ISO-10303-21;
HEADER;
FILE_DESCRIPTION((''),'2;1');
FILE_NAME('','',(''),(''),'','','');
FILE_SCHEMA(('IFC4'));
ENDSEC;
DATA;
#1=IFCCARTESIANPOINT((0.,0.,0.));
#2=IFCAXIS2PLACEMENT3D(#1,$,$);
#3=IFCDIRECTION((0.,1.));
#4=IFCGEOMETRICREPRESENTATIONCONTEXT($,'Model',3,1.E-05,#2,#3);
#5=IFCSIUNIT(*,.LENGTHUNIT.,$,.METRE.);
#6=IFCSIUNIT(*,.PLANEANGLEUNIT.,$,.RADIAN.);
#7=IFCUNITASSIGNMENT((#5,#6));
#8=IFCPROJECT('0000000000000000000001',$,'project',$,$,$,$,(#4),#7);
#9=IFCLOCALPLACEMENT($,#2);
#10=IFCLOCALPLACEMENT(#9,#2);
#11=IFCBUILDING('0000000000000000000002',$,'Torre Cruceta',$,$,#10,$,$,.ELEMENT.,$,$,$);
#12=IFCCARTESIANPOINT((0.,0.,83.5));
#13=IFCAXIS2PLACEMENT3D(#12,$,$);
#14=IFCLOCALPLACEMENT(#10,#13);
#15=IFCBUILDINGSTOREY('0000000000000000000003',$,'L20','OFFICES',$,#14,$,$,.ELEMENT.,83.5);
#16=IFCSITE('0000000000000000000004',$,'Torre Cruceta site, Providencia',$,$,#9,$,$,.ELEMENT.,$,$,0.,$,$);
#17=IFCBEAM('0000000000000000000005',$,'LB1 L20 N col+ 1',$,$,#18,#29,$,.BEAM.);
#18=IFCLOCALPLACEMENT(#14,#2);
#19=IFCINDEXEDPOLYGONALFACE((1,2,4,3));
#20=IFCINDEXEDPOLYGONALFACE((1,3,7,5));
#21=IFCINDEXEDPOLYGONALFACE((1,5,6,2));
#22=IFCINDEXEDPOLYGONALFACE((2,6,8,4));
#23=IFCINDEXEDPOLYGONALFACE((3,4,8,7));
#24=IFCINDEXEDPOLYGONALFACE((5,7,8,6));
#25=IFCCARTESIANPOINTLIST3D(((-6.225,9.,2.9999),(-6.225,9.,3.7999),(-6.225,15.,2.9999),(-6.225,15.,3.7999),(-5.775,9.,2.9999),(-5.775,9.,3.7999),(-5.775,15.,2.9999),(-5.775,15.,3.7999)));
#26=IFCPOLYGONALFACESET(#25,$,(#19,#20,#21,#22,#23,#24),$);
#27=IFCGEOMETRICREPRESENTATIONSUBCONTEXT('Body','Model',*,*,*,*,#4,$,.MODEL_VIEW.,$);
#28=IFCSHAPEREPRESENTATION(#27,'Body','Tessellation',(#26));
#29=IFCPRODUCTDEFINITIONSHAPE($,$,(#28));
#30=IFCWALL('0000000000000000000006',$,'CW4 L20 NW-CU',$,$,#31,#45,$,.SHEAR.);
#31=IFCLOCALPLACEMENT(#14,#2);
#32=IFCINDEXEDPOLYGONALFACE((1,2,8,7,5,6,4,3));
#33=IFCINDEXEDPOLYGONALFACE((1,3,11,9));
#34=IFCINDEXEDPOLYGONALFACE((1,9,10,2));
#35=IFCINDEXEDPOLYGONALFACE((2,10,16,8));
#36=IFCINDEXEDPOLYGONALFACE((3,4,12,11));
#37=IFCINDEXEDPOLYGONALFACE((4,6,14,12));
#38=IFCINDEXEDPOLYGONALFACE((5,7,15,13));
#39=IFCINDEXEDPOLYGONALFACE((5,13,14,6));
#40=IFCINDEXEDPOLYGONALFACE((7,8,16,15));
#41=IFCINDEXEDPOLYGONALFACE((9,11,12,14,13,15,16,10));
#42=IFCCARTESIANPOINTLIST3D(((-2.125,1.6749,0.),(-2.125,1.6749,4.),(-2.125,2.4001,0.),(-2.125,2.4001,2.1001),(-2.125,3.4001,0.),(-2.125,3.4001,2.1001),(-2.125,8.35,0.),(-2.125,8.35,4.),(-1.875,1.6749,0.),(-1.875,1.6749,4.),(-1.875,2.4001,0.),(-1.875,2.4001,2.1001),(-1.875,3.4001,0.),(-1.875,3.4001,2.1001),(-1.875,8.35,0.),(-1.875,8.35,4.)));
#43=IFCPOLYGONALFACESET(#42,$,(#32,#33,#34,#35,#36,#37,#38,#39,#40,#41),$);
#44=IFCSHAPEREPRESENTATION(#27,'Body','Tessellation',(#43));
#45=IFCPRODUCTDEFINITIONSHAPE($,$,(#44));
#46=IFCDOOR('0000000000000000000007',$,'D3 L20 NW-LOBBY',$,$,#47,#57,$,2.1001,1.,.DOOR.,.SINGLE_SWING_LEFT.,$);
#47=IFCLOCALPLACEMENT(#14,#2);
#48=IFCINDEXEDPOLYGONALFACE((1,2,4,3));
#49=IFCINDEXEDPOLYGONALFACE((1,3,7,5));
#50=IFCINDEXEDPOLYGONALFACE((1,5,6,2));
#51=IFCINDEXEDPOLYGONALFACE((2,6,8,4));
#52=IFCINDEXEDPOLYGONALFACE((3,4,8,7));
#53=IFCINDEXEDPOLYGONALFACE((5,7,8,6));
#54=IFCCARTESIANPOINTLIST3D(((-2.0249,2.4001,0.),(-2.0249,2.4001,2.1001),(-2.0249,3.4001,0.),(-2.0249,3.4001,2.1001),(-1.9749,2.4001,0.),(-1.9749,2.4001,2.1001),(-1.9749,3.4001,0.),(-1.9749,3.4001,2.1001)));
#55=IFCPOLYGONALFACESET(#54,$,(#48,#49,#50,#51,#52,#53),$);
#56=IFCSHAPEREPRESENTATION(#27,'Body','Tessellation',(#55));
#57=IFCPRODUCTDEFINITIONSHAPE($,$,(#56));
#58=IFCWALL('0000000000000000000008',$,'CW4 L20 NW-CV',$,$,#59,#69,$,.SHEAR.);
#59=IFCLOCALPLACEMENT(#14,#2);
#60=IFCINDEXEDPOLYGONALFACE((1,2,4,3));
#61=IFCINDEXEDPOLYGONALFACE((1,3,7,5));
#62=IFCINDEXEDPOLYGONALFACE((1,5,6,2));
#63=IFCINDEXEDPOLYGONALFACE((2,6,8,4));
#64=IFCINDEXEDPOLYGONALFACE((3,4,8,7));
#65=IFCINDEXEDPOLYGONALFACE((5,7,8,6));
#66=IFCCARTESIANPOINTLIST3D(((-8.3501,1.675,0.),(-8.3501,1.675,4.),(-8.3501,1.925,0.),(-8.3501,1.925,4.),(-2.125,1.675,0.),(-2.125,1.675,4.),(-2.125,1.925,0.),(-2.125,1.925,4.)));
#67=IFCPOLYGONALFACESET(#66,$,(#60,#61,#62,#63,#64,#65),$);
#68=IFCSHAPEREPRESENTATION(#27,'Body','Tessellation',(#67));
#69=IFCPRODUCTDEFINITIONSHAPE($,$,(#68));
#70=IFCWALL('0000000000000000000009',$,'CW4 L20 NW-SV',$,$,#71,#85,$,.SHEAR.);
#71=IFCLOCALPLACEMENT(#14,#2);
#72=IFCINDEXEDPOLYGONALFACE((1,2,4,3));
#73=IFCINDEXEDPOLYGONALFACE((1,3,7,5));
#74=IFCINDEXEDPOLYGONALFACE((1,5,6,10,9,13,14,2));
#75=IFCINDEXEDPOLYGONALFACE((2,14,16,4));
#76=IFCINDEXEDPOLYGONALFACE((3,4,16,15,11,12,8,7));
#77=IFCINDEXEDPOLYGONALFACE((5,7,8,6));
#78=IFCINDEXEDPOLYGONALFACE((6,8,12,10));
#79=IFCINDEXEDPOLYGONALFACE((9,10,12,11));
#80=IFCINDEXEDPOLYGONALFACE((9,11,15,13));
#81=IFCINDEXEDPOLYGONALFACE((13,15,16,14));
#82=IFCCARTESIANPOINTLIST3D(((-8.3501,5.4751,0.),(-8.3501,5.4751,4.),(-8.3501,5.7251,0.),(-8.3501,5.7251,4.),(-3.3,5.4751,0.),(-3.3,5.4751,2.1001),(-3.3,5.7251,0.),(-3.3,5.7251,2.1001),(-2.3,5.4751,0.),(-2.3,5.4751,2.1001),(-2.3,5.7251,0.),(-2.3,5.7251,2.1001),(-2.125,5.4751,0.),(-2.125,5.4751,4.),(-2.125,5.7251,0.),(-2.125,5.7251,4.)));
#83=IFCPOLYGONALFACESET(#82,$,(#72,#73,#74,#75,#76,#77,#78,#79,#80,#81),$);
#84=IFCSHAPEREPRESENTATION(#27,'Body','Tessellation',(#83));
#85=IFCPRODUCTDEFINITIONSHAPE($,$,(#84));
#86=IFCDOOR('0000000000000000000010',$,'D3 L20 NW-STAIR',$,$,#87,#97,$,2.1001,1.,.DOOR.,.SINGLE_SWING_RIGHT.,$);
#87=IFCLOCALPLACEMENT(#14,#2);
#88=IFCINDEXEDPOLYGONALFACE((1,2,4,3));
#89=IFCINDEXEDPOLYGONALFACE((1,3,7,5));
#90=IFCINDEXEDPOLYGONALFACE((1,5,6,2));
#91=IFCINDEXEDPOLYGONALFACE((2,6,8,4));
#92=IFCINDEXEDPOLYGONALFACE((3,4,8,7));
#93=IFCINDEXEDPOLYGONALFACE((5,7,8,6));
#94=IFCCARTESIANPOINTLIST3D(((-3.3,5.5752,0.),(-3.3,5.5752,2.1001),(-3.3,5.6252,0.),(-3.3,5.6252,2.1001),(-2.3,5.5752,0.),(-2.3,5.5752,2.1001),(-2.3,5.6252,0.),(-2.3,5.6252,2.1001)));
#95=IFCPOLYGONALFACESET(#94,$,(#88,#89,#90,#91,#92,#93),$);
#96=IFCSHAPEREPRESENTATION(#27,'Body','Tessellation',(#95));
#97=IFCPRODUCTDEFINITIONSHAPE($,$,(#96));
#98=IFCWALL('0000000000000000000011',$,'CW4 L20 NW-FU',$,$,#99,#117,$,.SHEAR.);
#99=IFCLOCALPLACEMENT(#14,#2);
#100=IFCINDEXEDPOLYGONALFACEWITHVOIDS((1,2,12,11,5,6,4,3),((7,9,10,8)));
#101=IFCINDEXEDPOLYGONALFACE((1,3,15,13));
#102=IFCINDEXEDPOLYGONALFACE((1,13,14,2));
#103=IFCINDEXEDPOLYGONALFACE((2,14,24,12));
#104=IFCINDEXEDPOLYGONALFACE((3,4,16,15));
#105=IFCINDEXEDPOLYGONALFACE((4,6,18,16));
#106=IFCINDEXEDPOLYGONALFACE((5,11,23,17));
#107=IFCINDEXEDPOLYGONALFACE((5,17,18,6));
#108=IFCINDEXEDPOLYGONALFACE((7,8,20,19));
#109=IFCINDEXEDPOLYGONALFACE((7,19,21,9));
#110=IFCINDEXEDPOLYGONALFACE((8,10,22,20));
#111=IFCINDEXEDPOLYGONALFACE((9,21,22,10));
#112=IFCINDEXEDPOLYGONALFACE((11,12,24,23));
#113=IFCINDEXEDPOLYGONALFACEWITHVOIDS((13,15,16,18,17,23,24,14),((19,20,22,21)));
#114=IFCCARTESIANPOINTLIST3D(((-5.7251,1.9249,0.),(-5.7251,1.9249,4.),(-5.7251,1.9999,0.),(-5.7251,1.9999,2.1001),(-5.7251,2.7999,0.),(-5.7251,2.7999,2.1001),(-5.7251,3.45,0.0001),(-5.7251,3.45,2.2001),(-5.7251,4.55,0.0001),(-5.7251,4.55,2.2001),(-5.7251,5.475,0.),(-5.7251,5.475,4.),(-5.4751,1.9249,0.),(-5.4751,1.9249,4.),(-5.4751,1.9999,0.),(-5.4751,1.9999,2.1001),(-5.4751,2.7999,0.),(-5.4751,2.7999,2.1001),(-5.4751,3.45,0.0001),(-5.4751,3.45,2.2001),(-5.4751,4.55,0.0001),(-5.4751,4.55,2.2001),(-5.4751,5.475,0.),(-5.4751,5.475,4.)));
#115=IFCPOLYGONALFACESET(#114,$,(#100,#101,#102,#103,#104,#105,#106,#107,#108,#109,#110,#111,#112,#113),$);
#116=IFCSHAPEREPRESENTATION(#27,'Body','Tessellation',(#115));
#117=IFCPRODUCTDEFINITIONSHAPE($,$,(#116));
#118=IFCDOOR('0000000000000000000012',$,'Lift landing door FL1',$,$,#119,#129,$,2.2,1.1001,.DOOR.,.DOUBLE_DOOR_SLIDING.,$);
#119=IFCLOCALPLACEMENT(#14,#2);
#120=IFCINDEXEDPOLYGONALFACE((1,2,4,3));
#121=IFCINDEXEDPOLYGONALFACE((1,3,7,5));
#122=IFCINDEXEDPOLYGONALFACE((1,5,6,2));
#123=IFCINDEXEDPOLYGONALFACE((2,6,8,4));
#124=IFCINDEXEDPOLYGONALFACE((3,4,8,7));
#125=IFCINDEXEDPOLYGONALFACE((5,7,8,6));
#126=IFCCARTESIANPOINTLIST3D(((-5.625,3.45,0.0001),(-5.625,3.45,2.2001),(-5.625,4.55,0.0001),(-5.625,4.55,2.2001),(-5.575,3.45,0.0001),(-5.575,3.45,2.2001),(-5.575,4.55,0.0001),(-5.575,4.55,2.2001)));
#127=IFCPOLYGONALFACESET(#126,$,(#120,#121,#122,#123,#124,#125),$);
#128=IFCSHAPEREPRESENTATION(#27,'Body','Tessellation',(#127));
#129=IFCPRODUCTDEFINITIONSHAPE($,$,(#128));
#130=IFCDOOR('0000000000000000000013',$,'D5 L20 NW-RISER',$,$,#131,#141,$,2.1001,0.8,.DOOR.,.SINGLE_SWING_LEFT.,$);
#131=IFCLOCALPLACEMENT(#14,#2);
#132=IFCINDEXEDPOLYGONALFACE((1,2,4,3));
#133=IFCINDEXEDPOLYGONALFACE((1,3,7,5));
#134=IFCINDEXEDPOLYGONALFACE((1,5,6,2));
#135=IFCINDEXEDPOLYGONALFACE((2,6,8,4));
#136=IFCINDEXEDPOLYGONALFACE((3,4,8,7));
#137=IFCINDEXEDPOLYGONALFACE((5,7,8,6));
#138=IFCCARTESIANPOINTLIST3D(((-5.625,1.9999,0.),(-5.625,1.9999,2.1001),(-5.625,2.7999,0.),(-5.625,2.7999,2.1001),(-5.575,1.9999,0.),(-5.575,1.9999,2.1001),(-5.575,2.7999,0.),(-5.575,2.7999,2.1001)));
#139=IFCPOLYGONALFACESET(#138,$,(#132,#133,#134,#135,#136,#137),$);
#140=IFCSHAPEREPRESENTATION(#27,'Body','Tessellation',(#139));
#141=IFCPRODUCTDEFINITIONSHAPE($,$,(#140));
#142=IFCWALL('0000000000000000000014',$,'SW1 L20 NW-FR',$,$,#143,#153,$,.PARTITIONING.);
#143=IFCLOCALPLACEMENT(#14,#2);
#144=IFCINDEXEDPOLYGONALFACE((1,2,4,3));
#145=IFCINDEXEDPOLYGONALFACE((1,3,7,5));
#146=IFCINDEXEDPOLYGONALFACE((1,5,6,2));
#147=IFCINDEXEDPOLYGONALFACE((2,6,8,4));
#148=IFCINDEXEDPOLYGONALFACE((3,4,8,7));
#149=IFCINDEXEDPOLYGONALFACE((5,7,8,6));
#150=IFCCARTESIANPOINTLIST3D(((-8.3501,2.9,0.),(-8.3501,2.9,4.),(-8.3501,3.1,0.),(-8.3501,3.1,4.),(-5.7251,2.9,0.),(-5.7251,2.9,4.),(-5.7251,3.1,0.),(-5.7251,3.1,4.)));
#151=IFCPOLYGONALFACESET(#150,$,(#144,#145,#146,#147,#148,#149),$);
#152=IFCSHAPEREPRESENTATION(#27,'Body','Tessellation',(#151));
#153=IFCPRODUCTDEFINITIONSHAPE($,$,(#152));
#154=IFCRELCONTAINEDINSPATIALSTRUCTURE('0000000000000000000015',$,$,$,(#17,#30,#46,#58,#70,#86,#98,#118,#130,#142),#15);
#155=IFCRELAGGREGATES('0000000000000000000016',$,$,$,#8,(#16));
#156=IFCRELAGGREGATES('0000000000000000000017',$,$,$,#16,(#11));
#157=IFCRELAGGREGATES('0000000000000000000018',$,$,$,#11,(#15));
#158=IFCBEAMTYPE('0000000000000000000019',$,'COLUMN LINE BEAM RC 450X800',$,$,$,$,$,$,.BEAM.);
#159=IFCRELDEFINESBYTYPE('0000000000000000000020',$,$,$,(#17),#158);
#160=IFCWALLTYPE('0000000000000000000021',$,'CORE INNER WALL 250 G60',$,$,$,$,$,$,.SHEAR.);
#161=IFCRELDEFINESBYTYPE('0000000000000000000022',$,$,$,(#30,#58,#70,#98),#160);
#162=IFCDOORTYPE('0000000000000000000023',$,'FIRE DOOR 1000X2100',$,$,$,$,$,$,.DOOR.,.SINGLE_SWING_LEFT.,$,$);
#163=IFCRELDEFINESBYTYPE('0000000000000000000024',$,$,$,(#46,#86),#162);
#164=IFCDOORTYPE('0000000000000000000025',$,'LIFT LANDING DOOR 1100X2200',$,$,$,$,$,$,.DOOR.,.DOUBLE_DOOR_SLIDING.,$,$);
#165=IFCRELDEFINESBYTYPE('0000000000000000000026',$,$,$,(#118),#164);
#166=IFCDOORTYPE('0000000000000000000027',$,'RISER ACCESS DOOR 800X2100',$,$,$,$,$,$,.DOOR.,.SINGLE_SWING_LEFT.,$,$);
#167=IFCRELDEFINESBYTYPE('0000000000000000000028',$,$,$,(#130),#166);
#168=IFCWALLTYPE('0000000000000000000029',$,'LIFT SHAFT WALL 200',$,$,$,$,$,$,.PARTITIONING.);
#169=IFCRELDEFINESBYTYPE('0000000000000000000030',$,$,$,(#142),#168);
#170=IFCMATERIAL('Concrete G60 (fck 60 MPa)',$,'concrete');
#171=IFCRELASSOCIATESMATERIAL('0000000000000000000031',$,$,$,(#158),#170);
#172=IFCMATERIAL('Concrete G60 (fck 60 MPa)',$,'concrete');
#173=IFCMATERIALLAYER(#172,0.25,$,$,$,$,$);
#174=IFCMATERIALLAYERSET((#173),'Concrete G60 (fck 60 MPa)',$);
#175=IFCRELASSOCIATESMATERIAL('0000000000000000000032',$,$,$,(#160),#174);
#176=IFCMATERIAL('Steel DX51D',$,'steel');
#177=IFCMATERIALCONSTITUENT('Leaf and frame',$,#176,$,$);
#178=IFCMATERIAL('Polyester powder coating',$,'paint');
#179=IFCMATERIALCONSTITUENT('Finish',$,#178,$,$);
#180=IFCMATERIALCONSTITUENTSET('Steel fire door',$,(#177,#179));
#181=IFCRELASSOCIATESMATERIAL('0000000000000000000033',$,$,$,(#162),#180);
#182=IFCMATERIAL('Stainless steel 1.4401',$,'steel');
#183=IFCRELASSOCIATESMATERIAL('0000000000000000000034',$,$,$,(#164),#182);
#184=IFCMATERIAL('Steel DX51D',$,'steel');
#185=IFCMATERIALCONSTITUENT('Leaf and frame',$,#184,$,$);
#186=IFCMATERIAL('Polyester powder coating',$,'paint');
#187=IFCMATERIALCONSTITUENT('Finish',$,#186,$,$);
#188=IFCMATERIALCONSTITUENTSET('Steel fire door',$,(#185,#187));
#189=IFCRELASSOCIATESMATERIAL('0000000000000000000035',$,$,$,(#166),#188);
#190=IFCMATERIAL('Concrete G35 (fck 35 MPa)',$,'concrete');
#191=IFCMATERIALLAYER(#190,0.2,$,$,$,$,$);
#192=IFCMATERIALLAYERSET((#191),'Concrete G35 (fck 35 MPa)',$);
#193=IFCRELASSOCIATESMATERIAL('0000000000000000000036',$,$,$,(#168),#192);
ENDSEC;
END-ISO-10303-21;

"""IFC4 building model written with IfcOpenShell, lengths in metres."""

from ifc_helpers import new_model, si_unit, direction, frame, frame_2d, origin, origin_2d, place, context, subcontext, project, spatial, rectangle, extrude, material, layer, layer_set, constituent, constituent_set, material_profile, profile_set, type_object, element, fill, save


model = new_model("IFC4")

# Units and contexts
model_context = context("Model", 3, precision=1e-05, world=origin(), true_north=direction((0.0, 1.0)))
body_context = subcontext(model_context, "Body", "Model", "MODEL_VIEW")
ifc_project = project(units=[si_unit("LENGTHUNIT", "METRE"), si_unit("PLANEANGLEUNIT", "RADIAN")], contexts=[model_context])

# Site, building, storey
site_placement = place(None, origin())
site = spatial("IfcSite", under=ifc_project, at=site_placement, Name="Torre Cruceta site, Providencia", CompositionType="ELEMENT", RefElevation=0.0)
building_placement = place(site_placement, origin())
building = spatial("IfcBuilding", under=site, at=building_placement, Name="Torre Cruceta", CompositionType="ELEMENT")
storey_placement = place(building_placement, frame((0.0, 0.0, 83.5)))
storey = spatial("IfcBuildingStorey", under=building, at=storey_placement, Name="L20", Description="OFFICES", CompositionType="ELEMENT", Elevation=83.5)

# Beam
ifc_material_1 = material(Name="Concrete G60 (fck 60 MPa)", Category="concrete")
ifc_material_profile = material_profile(ifc_material_1, rectangle(XDim=0.45, YDim=0.8, at=origin_2d()), Name="RC 450X800")
ifc_profile_set = profile_set([ifc_material_profile], Name="Concrete G60 (fck 60 MPa)")
beam_type = type_object("IfcBeamType", Name="COLUMN LINE BEAM RC 450X800", PredefinedType="BEAM", material=ifc_profile_set)
beam_placement = place(storey_placement, frame((-6.0, 9.0, 3.3999), z_axis=(0.0, 1.0, 0.0), x_axis=(-1.0, 0.0, 0.0)))
element("IfcBeam", 1, at=beam_placement, inside=storey, type_object=beam_type, Name="LB1 L20 N col+ 1", PredefinedType="BEAM", context=body_context, shape_type="SweptSolid", body=[
    extrude(rectangle(XDim=0.45, YDim=0.8, at=origin_2d()), origin(), (0.0, 0.0, 1.0), 6.0),
])

# Wall, opening, door
ifc_material_2 = material(Name="Concrete G60 (fck 60 MPa)", Category="concrete")
ifc_layer_1 = layer(ifc_material_2, 0.25)
ifc_layer_set_1 = layer_set([ifc_layer_1], Name="Concrete G60 (fck 60 MPa)")
wall_type_1 = type_object("IfcWallType", Name="CORE INNER WALL 250 G60", PredefinedType="SHEAR", material=ifc_layer_set_1)
wall_1_placement = place(storey_placement, frame((-2.0, 1.675, 0.0), z_axis=(0.0, 0.0, 1.0), x_axis=(0.0, 1.0, 0.0)))
wall_1 = element("IfcWall", 2, at=wall_1_placement, inside=storey, type_object=wall_type_1, Name="CW4 L20 NW-CU", PredefinedType="SHEAR", context=body_context, shape_type="SweptSolid", body=[
    extrude(rectangle(XDim=6.675, YDim=0.25, at=frame_2d((3.3374, 0.0))), origin(), (0.0, 0.0, 1.0), 4.0),
])
opening_1_placement = place(wall_1_placement, frame((0.7251, 0.0, 0.0)))
opening_1 = element("IfcOpeningElement", 3, at=opening_1_placement, cuts=wall_1, PredefinedType="OPENING", context=body_context, shape_type="SweptSolid", body=[
    extrude(rectangle(XDim=1.0, YDim=2.1001, at=frame_2d((0.5, 1.05))), frame((0.0, 0.135, 0.0), z_axis=(0.0, -1.0, 0.0), x_axis=(1.0, 0.0, 0.0)), (0.0, 0.0, 1.0), 0.27),
])
ifc_material_3 = material(Name="Steel DX51D", Category="steel")
ifc_constituent_1 = constituent(ifc_material_3, Name="Leaf and frame")
ifc_material_4 = material(Name="Polyester powder coating", Category="paint")
ifc_constituent_2 = constituent(ifc_material_4, Name="Finish")
ifc_constituent_set_1 = constituent_set(constituents=[ifc_constituent_1, ifc_constituent_2], Name="Steel fire door")
door_type_1 = type_object("IfcDoorType", Name="FIRE DOOR 1000X2100", OperationType="SINGLE_SWING_LEFT", PredefinedType="DOOR", material=ifc_constituent_set_1)
door_1_placement = place(opening_1_placement, origin())
door_1 = element("IfcDoor", 4, at=door_1_placement, inside=storey, type_object=door_type_1, Name="D3 L20 NW-LOBBY", OperationType="SINGLE_SWING_LEFT", OverallHeight=2.1001, OverallWidth=1.0, PredefinedType="DOOR", context=body_context, shape_type="SweptSolid", body=[
    extrude(rectangle(XDim=1.0, YDim=2.1001, at=frame_2d((0.5, 1.05))), frame((0.0, 0.0249, 0.0), z_axis=(0.0, -1.0, 0.0), x_axis=(1.0, 0.0, 0.0)), (0.0, 0.0, 1.0), 0.05),
])
fill(opening_1, door_1)

# Wall
wall_2_placement = place(storey_placement, frame((-2.125, 1.8, 0.0), z_axis=(0.0, 0.0, 1.0), x_axis=(-1.0, 0.0, 0.0)))
element("IfcWall", 5, at=wall_2_placement, inside=storey, type_object=wall_type_1, Name="CW4 L20 NW-CV", PredefinedType="SHEAR", context=body_context, shape_type="SweptSolid", body=[
    extrude(rectangle(XDim=6.2251, YDim=0.25, at=frame_2d((3.1125, 0.0))), origin(), (0.0, 0.0, 1.0), 4.0),
])

# Wall, opening, door
wall_3_placement = place(storey_placement, frame((-2.125, 5.6001, 0.0), z_axis=(0.0, 0.0, 1.0), x_axis=(-1.0, 0.0, 0.0)))
wall_3 = element("IfcWall", 6, at=wall_3_placement, inside=storey, type_object=wall_type_1, Name="CW4 L20 NW-SV", PredefinedType="SHEAR", context=body_context, shape_type="SweptSolid", body=[
    extrude(rectangle(XDim=6.2251, YDim=0.25, at=frame_2d((3.1125, 0.0))), origin(), (0.0, 0.0, 1.0), 4.0),
])
opening_2_placement = place(wall_3_placement, frame((0.175, 0.0, 0.0)))
opening_2 = element("IfcOpeningElement", 7, at=opening_2_placement, cuts=wall_3, PredefinedType="OPENING", context=body_context, shape_type="SweptSolid", body=[
    extrude(rectangle(XDim=1.0, YDim=2.1001, at=frame_2d((0.5, 1.05))), frame((0.0, 0.135, 0.0), z_axis=(0.0, -1.0, 0.0), x_axis=(1.0, 0.0, 0.0)), (0.0, 0.0, 1.0), 0.27),
])
door_2_placement = place(opening_2_placement, frame((1.0, 0.0, 0.0), z_axis=(0.0, 0.0, 1.0), x_axis=(-1.0, 0.0, 0.0)))
door_2 = element("IfcDoor", 8, at=door_2_placement, inside=storey, type_object=door_type_1, Name="D3 L20 NW-STAIR", OperationType="SINGLE_SWING_RIGHT", OverallHeight=2.1001, OverallWidth=1.0, PredefinedType="DOOR", context=body_context, shape_type="SweptSolid", body=[
    extrude(rectangle(XDim=1.0, YDim=2.1001, at=frame_2d((0.5, 1.05))), frame((0.0, 0.0251, 0.0), z_axis=(0.0, -1.0, 0.0), x_axis=(1.0, 0.0, 0.0)), (0.0, 0.0, 1.0), 0.05),
])
fill(opening_2, door_2)

# Wall, openings, doors
wall_4_placement = place(storey_placement, frame((-5.6001, 1.925, 0.0), z_axis=(0.0, 0.0, 1.0), x_axis=(0.0, 1.0, 0.0)))
wall_4 = element("IfcWall", 9, at=wall_4_placement, inside=storey, type_object=wall_type_1, Name="CW4 L20 NW-FU", PredefinedType="SHEAR", context=body_context, shape_type="SweptSolid", body=[
    extrude(rectangle(XDim=3.55, YDim=0.25, at=frame_2d((1.7749, 0.0))), origin(), (0.0, 0.0, 1.0), 4.0),
])
opening_3_placement = place(wall_4_placement, frame((1.5249, 0.0, 0.0)))
opening_3 = element("IfcOpeningElement", 10, at=opening_3_placement, cuts=wall_4, PredefinedType="OPENING", context=body_context, shape_type="SweptSolid", body=[
    extrude(rectangle(XDim=1.1001, YDim=2.2, at=frame_2d((0.55, 1.1001))), frame((0.0, 0.135, 0.0), z_axis=(0.0, -1.0, 0.0), x_axis=(1.0, 0.0, 0.0)), (0.0, 0.0, 1.0), 0.27),
])
opening_4_placement = place(wall_4_placement, frame((0.075, 0.0, 0.0)))
opening_4 = element("IfcOpeningElement", 11, at=opening_4_placement, cuts=wall_4, PredefinedType="OPENING", context=body_context, shape_type="SweptSolid", body=[
    extrude(rectangle(XDim=0.8, YDim=2.1001, at=frame_2d((0.3999, 1.05))), frame((0.0, 0.135, 0.0), z_axis=(0.0, -1.0, 0.0), x_axis=(1.0, 0.0, 0.0)), (0.0, 0.0, 1.0), 0.27),
])
ifc_material_5 = material(Name="Stainless steel 1.4401", Category="steel")
door_type_2 = type_object("IfcDoorType", Name="LIFT LANDING DOOR 1100X2200", OperationType="DOUBLE_DOOR_SLIDING", PredefinedType="DOOR", material=ifc_material_5)
door_3_placement = place(opening_3_placement, origin())
door_3 = element("IfcDoor", 12, at=door_3_placement, inside=storey, type_object=door_type_2, Name="Lift landing door FL1", OperationType="DOUBLE_DOOR_SLIDING", OverallHeight=2.2, OverallWidth=1.1001, PredefinedType="DOOR", context=body_context, shape_type="SweptSolid", body=[
    extrude(rectangle(XDim=1.1001, YDim=2.2, at=frame_2d((0.55, 1.1001))), frame((0.0, 0.0249, 0.0), z_axis=(0.0, -1.0, 0.0), x_axis=(1.0, 0.0, 0.0)), (0.0, 0.0, 1.0), 0.05),
])
fill(opening_3, door_3)
ifc_material_6 = material(Name="Steel DX51D", Category="steel")
ifc_constituent_3 = constituent(ifc_material_6, Name="Leaf and frame")
ifc_material_7 = material(Name="Polyester powder coating", Category="paint")
ifc_constituent_4 = constituent(ifc_material_7, Name="Finish")
ifc_constituent_set_2 = constituent_set(constituents=[ifc_constituent_3, ifc_constituent_4], Name="Steel fire door")
door_type_3 = type_object("IfcDoorType", Name="RISER ACCESS DOOR 800X2100", OperationType="SINGLE_SWING_LEFT", PredefinedType="DOOR", material=ifc_constituent_set_2)
door_4_placement = place(opening_4_placement, origin())
door_4 = element("IfcDoor", 13, at=door_4_placement, inside=storey, type_object=door_type_3, Name="D5 L20 NW-RISER", OperationType="SINGLE_SWING_LEFT", OverallHeight=2.1001, OverallWidth=0.8, PredefinedType="DOOR", context=body_context, shape_type="SweptSolid", body=[
    extrude(rectangle(XDim=0.8, YDim=2.1001, at=frame_2d((0.3999, 1.05))), frame((0.0, 0.0249, 0.0), z_axis=(0.0, -1.0, 0.0), x_axis=(1.0, 0.0, 0.0)), (0.0, 0.0, 1.0), 0.05),
])
fill(opening_4, door_4)

# Wall
ifc_material_8 = material(Name="Concrete G35 (fck 35 MPa)", Category="concrete")
ifc_layer_2 = layer(ifc_material_8, 0.2)
ifc_layer_set_2 = layer_set([ifc_layer_2], Name="Concrete G35 (fck 35 MPa)")
wall_type_2 = type_object("IfcWallType", Name="LIFT SHAFT WALL 200", PredefinedType="PARTITIONING", material=ifc_layer_set_2)
wall_5_placement = place(storey_placement, frame((-5.7251, 3.0, 0.0), z_axis=(0.0, 0.0, 1.0), x_axis=(-1.0, 0.0, 0.0)))
element("IfcWall", 14, at=wall_5_placement, inside=storey, type_object=wall_type_2, Name="SW1 L20 NW-FR", PredefinedType="PARTITIONING", context=body_context, shape_type="SweptSolid", body=[
    extrude(rectangle(XDim=2.625, YDim=0.2, at=frame_2d((1.3125, 0.0))), origin(), (0.0, 0.0, 1.0), 4.0),
])

save(model, "model.ifc")
